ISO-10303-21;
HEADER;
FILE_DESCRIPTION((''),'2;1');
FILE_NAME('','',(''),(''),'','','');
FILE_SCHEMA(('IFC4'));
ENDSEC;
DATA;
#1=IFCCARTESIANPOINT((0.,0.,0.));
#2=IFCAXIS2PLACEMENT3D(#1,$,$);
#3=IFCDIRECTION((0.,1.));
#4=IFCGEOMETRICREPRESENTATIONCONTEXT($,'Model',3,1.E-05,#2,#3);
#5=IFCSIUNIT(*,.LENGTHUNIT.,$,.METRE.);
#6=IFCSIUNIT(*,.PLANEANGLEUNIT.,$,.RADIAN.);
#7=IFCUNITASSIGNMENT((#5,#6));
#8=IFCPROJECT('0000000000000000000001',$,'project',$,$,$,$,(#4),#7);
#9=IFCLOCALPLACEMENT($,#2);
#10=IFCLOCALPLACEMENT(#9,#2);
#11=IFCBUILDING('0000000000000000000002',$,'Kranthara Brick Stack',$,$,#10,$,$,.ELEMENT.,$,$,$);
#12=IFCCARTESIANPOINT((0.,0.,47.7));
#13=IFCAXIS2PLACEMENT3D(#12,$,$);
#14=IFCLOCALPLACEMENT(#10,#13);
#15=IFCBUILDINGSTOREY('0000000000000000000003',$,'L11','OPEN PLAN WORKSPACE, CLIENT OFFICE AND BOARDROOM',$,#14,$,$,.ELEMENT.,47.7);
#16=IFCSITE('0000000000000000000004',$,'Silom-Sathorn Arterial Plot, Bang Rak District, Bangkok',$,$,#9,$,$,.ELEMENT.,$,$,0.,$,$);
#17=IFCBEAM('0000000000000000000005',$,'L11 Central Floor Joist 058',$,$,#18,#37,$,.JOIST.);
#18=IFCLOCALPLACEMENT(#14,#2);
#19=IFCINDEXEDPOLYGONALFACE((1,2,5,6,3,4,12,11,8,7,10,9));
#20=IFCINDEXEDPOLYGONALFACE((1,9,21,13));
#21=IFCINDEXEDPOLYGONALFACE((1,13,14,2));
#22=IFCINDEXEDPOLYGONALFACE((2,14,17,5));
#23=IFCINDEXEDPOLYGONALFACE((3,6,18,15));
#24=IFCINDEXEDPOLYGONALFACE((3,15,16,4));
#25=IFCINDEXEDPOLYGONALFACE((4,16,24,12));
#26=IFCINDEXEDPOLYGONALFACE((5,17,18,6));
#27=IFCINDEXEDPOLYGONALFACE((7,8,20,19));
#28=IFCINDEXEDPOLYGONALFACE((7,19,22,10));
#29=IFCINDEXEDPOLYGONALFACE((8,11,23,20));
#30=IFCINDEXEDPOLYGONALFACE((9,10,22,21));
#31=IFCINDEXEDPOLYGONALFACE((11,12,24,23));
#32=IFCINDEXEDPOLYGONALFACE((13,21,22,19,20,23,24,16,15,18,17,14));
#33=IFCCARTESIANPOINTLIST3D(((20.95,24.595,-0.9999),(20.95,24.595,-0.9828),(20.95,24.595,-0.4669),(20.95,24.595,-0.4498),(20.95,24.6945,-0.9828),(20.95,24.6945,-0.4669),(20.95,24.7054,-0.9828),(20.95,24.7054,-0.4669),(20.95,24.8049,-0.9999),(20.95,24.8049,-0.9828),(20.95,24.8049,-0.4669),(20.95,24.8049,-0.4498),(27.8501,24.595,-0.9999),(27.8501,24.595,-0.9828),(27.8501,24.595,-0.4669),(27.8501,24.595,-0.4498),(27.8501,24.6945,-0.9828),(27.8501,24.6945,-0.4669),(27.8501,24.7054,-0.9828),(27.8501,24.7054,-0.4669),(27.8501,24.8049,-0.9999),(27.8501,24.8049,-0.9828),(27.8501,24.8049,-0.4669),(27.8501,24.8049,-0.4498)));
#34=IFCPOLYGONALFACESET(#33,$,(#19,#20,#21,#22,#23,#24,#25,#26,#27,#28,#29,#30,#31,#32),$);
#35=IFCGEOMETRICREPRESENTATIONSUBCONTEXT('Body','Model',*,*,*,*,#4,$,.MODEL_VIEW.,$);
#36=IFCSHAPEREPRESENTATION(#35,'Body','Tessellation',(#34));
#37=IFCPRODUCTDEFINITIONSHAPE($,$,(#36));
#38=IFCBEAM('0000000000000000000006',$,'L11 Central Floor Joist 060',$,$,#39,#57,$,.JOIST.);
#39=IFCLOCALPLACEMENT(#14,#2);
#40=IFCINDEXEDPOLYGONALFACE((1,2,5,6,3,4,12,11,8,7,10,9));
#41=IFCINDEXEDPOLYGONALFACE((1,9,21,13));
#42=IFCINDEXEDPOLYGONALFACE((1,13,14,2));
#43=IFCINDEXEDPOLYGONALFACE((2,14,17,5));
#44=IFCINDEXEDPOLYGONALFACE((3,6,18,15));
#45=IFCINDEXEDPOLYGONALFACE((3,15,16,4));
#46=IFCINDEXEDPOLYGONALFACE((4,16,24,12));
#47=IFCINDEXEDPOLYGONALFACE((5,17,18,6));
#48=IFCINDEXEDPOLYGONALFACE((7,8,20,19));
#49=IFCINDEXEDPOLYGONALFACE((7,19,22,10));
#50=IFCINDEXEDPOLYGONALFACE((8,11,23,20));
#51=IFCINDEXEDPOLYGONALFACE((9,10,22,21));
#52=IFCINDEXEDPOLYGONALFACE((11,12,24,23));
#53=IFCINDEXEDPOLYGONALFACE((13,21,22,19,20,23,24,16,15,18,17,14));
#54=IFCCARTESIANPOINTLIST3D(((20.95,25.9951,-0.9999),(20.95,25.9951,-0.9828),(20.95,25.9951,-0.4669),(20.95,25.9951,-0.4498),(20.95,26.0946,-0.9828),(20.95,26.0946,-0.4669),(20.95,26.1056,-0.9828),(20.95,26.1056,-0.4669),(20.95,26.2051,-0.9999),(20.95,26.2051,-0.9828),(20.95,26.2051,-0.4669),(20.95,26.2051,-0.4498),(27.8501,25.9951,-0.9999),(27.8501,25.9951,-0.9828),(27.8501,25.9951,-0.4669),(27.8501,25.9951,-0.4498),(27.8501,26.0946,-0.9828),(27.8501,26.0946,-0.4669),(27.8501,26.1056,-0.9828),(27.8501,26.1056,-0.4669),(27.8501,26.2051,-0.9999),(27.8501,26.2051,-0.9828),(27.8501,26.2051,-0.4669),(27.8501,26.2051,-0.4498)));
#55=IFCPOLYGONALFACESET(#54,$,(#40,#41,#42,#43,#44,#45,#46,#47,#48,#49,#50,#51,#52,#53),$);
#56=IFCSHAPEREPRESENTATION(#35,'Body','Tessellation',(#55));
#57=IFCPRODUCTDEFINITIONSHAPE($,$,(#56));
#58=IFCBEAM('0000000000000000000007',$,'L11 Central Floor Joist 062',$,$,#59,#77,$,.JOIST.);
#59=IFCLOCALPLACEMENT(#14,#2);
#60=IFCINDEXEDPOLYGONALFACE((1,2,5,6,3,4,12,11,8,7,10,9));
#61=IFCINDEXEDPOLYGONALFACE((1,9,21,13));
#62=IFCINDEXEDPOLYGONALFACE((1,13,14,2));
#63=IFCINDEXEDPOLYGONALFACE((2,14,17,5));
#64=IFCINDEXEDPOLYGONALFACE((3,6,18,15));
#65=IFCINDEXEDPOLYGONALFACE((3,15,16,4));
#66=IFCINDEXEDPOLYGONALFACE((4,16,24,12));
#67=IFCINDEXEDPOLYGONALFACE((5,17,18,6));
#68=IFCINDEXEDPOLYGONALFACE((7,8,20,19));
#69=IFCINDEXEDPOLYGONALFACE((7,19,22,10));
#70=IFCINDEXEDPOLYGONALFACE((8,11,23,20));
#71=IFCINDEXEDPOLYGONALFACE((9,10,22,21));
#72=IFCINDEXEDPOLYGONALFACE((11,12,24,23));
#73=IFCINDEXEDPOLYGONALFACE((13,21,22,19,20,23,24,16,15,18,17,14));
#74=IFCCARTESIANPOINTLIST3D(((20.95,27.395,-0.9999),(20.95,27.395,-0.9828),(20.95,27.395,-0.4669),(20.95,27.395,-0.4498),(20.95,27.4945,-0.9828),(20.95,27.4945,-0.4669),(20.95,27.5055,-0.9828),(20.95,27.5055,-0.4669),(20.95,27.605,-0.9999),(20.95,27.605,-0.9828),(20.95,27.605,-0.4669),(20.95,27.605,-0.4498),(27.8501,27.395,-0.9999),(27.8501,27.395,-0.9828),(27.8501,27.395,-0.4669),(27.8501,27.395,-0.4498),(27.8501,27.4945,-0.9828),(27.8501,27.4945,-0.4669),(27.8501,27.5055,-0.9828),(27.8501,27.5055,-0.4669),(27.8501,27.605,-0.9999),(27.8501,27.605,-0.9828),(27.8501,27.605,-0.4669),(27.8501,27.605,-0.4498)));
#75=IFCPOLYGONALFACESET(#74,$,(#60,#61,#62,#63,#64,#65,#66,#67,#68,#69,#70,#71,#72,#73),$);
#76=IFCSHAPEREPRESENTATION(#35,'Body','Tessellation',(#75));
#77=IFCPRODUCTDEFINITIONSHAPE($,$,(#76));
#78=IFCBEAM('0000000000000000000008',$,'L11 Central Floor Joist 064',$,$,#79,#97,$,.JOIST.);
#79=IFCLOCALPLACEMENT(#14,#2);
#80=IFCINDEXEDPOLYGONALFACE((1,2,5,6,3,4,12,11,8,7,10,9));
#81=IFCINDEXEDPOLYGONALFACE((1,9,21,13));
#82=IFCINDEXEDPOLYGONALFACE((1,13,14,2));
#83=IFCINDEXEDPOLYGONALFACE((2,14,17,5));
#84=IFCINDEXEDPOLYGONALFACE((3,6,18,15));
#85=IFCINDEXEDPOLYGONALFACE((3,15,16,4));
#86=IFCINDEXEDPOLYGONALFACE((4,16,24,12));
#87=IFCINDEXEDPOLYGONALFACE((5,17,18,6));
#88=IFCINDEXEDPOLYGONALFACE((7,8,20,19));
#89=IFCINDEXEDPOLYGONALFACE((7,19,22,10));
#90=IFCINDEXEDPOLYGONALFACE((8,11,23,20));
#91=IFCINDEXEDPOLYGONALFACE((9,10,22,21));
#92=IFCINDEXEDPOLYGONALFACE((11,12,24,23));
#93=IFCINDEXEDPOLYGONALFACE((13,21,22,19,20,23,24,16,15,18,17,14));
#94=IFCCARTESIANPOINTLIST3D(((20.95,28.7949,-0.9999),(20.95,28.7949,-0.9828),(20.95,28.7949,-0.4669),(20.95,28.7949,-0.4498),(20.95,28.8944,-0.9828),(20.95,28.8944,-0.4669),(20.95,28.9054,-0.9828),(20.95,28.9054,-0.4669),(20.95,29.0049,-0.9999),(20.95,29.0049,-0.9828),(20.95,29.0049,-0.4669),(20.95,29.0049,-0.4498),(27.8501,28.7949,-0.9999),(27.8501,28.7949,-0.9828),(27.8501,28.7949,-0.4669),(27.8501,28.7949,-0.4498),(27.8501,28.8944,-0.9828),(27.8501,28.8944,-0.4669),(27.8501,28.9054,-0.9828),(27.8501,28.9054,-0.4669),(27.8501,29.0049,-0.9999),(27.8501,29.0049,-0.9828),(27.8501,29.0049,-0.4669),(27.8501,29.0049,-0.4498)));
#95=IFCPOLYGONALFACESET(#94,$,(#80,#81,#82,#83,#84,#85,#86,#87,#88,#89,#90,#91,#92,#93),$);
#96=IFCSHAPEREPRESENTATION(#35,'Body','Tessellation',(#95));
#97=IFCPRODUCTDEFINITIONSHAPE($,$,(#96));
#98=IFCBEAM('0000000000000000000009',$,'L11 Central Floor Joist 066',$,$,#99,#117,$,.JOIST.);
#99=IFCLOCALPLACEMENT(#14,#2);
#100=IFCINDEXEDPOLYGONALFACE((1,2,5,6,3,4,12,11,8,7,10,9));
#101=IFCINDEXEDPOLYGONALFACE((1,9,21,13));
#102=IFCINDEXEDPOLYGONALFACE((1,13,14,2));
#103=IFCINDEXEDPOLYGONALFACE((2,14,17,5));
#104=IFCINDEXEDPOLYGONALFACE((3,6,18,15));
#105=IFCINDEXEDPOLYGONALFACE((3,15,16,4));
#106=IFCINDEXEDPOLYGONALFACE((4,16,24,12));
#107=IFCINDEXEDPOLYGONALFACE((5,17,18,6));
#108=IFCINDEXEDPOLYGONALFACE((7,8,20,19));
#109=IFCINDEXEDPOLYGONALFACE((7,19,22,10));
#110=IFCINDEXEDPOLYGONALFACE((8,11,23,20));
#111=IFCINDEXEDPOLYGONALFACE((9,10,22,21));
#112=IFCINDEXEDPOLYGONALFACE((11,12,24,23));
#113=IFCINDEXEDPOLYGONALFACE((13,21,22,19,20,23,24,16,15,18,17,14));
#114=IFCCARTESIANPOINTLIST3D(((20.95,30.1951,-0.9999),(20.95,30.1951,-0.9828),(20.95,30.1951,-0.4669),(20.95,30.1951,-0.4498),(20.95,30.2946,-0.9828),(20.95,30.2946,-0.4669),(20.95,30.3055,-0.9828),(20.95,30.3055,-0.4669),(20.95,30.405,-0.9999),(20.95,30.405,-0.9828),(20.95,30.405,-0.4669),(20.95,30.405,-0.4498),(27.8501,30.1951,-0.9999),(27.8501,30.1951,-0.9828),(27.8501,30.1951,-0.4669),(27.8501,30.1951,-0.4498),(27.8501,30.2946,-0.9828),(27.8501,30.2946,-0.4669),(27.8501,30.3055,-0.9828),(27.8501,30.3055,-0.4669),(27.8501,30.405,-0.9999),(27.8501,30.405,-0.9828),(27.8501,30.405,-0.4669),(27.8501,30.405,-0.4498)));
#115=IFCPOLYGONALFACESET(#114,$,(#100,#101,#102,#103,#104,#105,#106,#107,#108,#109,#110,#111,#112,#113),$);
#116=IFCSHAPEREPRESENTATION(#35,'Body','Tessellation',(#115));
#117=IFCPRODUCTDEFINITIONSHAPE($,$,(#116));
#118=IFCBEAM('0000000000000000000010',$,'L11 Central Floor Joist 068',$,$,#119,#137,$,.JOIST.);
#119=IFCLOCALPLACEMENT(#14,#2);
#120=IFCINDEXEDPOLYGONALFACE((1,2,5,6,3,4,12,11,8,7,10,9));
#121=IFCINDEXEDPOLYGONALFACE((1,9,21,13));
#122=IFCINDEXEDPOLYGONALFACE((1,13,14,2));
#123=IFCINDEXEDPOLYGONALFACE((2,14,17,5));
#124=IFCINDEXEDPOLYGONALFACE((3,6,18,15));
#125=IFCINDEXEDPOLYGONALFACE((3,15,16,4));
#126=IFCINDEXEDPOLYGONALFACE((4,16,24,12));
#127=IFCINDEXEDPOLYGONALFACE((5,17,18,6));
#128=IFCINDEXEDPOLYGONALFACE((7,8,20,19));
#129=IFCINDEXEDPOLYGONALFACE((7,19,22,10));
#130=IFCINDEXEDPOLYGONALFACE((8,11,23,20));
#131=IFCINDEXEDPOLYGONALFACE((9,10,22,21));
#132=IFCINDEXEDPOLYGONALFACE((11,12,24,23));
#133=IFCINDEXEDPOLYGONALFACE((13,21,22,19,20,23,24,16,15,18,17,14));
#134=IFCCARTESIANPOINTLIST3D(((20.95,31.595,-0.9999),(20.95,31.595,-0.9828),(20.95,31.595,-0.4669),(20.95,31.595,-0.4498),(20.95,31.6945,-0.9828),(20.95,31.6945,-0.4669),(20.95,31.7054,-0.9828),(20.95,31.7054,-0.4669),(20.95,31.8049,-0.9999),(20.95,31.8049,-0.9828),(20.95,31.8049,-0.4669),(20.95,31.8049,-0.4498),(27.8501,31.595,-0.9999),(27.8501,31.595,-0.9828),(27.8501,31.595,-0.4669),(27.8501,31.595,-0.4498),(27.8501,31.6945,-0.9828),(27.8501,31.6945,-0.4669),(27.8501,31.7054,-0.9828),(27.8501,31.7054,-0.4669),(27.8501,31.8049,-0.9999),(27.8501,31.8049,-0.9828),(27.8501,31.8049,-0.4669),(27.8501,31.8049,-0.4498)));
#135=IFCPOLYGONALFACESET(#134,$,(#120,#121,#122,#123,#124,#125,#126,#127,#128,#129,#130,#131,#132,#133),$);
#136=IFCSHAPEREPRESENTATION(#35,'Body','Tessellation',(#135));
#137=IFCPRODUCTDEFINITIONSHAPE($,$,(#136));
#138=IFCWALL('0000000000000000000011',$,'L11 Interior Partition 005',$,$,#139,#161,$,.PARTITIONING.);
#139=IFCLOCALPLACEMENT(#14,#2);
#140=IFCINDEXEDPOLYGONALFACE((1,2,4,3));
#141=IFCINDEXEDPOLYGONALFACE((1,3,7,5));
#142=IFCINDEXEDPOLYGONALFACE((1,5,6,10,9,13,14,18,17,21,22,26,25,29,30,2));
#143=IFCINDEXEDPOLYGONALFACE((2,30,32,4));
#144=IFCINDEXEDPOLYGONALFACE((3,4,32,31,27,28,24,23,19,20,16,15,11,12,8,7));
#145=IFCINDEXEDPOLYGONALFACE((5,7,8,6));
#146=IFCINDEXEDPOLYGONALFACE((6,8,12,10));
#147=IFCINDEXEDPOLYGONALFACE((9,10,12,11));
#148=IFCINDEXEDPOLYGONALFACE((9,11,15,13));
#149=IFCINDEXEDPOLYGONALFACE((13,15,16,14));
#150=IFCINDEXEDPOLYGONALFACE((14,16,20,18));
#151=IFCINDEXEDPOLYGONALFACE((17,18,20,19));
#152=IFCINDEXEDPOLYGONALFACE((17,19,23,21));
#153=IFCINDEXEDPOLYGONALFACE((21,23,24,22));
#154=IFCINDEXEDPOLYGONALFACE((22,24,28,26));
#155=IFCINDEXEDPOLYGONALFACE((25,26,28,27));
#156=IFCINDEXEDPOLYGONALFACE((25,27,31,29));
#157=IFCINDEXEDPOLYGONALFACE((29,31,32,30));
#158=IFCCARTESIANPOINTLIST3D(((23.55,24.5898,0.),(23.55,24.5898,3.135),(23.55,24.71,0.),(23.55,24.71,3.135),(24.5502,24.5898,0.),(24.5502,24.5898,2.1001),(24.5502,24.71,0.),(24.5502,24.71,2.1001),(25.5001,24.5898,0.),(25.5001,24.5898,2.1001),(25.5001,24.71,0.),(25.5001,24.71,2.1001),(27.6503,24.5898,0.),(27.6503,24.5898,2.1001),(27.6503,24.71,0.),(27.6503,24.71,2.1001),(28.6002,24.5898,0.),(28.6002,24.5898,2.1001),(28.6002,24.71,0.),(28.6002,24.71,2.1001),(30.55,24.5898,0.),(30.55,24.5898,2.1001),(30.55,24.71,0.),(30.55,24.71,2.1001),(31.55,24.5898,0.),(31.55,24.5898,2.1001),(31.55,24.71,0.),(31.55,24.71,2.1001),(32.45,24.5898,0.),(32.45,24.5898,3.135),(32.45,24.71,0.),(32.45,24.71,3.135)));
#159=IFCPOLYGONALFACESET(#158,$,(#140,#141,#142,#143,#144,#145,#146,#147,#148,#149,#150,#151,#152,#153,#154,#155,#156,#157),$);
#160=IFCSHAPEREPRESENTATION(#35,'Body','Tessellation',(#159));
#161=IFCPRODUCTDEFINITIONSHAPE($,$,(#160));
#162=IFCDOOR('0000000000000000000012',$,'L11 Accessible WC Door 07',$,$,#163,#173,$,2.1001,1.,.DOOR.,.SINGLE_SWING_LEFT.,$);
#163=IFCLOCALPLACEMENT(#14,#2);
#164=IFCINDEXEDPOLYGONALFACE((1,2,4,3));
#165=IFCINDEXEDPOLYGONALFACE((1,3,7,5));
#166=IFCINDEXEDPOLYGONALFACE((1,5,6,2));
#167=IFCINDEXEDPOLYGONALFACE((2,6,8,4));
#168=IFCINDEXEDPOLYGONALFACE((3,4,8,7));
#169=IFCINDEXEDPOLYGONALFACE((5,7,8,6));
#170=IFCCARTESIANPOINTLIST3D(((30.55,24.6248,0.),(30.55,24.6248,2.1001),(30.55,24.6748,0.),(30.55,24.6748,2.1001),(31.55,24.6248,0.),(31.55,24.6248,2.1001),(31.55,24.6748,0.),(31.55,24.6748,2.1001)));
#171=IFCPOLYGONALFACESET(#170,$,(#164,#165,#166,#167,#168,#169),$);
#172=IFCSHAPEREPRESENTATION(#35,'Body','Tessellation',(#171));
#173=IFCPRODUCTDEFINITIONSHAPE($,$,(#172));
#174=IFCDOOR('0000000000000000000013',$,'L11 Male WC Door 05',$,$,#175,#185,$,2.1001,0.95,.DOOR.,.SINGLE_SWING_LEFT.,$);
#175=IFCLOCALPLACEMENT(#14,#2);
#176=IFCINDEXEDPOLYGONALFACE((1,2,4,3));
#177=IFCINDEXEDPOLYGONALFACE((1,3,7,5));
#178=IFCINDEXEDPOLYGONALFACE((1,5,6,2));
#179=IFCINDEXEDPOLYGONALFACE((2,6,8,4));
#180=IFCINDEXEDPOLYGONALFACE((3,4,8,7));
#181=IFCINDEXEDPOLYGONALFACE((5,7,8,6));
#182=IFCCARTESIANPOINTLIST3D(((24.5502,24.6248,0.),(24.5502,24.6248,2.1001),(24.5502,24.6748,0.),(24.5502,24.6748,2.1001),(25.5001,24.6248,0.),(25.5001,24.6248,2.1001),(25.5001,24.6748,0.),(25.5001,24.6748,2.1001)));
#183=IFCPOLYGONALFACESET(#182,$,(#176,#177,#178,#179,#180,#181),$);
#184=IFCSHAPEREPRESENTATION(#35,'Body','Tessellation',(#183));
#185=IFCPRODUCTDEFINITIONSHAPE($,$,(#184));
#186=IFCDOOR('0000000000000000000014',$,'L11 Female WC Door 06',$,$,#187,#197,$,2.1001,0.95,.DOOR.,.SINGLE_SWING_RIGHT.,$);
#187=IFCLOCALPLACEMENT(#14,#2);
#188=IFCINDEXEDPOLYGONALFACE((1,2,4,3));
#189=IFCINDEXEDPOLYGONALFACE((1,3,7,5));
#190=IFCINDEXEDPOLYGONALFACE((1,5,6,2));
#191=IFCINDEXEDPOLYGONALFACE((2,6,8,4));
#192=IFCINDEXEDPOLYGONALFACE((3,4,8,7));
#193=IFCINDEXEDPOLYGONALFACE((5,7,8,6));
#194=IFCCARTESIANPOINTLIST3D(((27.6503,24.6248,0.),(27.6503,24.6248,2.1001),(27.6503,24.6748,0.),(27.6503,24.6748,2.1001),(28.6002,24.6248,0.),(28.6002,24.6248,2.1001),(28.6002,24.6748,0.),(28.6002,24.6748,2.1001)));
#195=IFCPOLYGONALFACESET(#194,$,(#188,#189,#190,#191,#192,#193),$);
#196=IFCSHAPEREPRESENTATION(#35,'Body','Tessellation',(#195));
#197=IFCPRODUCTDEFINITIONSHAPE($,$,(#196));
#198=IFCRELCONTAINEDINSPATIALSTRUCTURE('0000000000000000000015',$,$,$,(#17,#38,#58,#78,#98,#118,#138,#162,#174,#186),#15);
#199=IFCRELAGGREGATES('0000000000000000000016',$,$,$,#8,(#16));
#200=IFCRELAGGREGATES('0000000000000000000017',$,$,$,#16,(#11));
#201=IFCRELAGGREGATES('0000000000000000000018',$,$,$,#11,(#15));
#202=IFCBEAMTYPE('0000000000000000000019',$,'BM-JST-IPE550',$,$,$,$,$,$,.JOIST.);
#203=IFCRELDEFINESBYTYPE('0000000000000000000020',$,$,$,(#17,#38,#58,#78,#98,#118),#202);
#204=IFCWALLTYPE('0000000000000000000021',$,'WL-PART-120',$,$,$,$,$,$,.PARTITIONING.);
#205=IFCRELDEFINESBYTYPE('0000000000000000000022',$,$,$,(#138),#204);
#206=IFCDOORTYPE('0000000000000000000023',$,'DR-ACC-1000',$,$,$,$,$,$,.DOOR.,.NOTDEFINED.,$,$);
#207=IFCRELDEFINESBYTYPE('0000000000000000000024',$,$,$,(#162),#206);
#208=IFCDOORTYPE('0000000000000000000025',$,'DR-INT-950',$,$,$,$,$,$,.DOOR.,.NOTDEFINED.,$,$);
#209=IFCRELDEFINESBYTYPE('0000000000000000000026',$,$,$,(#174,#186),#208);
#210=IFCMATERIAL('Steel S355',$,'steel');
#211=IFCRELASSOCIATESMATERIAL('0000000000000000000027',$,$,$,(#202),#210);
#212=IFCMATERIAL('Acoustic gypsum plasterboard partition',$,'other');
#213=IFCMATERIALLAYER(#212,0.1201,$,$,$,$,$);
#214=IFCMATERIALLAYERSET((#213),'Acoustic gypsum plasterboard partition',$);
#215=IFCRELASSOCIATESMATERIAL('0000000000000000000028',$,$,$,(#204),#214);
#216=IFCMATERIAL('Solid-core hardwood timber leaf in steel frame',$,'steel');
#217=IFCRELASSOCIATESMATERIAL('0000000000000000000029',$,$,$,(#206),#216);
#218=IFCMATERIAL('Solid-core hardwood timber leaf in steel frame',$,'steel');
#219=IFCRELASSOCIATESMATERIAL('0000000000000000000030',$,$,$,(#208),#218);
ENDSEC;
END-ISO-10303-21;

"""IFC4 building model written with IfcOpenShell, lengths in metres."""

from ifc_helpers import new_model, si_unit, direction, frame, frame_2d, origin, origin_2d, place, context, subcontext, project, spatial, rectangle, i_section, extrude, material, layer, layer_set, material_profile, profile_set, type_object, element, fill, save


model = new_model("IFC4")

# Units and contexts
model_context = context("Model", 3, precision=1e-05, world=origin(), true_north=direction((0.0, 1.0)))
body_context = subcontext(model_context, "Body", "Model", "MODEL_VIEW")
ifc_project = project(units=[si_unit("LENGTHUNIT", "METRE"), si_unit("PLANEANGLEUNIT", "RADIAN")], contexts=[model_context])

# Site, building, storey
site_placement = place(None, origin())
site = spatial("IfcSite", under=ifc_project, at=site_placement, Name="Silom-Sathorn Arterial Plot, Bang Rak District, Bangkok", CompositionType="ELEMENT", RefElevation=0.0)
building_placement = place(site_placement, origin())
building = spatial("IfcBuilding", under=site, at=building_placement, Name="Kranthara Brick Stack", CompositionType="ELEMENT")
storey_placement = place(building_placement, frame((0.0, 0.0, 47.7)))
storey = spatial("IfcBuildingStorey", under=building, at=storey_placement, Name="L11", Description="OPEN PLAN WORKSPACE, CLIENT OFFICE AND BOARDROOM", CompositionType="ELEMENT", Elevation=47.7)

# Beams
ifc_material_1 = material(Name="Steel S355", Category="steel")
ifc_material_profile = material_profile(ifc_material_1, i_section(OverallWidth=0.21, OverallDepth=0.55, WebThickness=0.011, FlangeThickness=0.0171, at=origin_2d()), Name="IPE 550")
ifc_profile_set = profile_set([ifc_material_profile], Name="Steel S355")
beam_type = type_object("IfcBeamType", Name="BM-JST-IPE550", PredefinedType="JOIST", material=ifc_profile_set)
for number, where, z_axis, x_axis, name in (
    (1, (20.95, 24.7, -0.7249), (1.0, 0.0, 0.0), (0.0, 1.0, 0.0), "L11 Central Floor Joist 058"),
    (2, (20.95, 26.1001, -0.7249), (1.0, 0.0, 0.0), (0.0, 1.0, 0.0), "L11 Central Floor Joist 060"),
    (3, (20.95, 27.5, -0.7249), (1.0, 0.0, 0.0), (0.0, 1.0, 0.0), "L11 Central Floor Joist 062"),
    (4, (20.95, 28.8999, -0.7249), (1.0, 0.0, 0.0), (0.0, 1.0, 0.0), "L11 Central Floor Joist 064"),
    (5, (20.95, 30.3, -0.7249), (1.0, 0.0, 0.0), (0.0, 1.0, 0.0), "L11 Central Floor Joist 066"),
    (6, (20.95, 31.7, -0.7249), (1.0, 0.0, 0.0), (0.0, 1.0, 0.0), "L11 Central Floor Joist 068"),
):
    element("IfcBeam", number, at=place(storey_placement, frame(where, z_axis=z_axis, x_axis=x_axis)), inside=storey, type_object=beam_type, Name=name, PredefinedType="JOIST", context=body_context, shape_type="SweptSolid", body=[
        extrude(i_section(OverallWidth=0.21, OverallDepth=0.55, WebThickness=0.011, FlangeThickness=0.0171, at=origin_2d()), origin(), (0.0, 0.0, 1.0), 6.9001),
    ])

# Wall, openings, doors
ifc_material_2 = material(Name="Acoustic gypsum plasterboard partition", Category="other")
ifc_layer_1 = layer(ifc_material_2, 0.1201)
ifc_layer_set_1 = layer_set([ifc_layer_1], Name="Acoustic gypsum plasterboard partition")
wall_type_1 = type_object("IfcWallType", Name="WL-PART-120", PredefinedType="PARTITIONING", material=ifc_layer_set_1)
wall_1_placement = place(storey_placement, frame((23.55, 24.6499, 0.0), z_axis=(0.0, 0.0, 1.0), x_axis=(1.0, 0.0, 0.0)))
wall_1 = element("IfcWall", 7, at=wall_1_placement, inside=storey, type_object=wall_type_1, Name="L11 Interior Partition 005", PredefinedType="PARTITIONING", context=body_context, shape_type="SweptSolid", body=[
    extrude(rectangle(XDim=8.8999, YDim=0.1201, at=frame_2d((4.45, 0.0))), origin(), (0.0, 0.0, 1.0), 3.135),
])
opening_1_placement = place(wall_1_placement, frame((1.0, 0.0, 0.0)))
opening_1 = element("IfcOpeningElement", 8, at=opening_1_placement, cuts=wall_1, PredefinedType="OPENING", context=body_context, shape_type="SweptSolid", body=[
    extrude(rectangle(XDim=0.95, YDim=2.1001, at=frame_2d((0.4751, 1.05))), frame((0.0, 0.0701, 0.0), z_axis=(0.0, -1.0, 0.0), x_axis=(1.0, 0.0, 0.0)), (0.0, 0.0, 1.0), 0.1401),
])
opening_2_placement = place(wall_1_placement, frame((4.1001, 0.0, 0.0)))
opening_2 = element("IfcOpeningElement", 9, at=opening_2_placement, cuts=wall_1, PredefinedType="OPENING", context=body_context, shape_type="SweptSolid", body=[
    extrude(rectangle(XDim=0.95, YDim=2.1001, at=frame_2d((0.4751, 1.05))), frame((0.0, 0.0701, 0.0), z_axis=(0.0, -1.0, 0.0), x_axis=(1.0, 0.0, 0.0)), (0.0, 0.0, 1.0), 0.1401),
])
opening_3_placement = place(wall_1_placement, frame((7.0, 0.0, 0.0)))
opening_3 = element("IfcOpeningElement", 10, at=opening_3_placement, cuts=wall_1, PredefinedType="OPENING", context=body_context, shape_type="SweptSolid", body=[
    extrude(rectangle(XDim=1.0, YDim=2.1001, at=frame_2d((0.5, 1.05))), frame((0.0, 0.0701, 0.0), z_axis=(0.0, -1.0, 0.0), x_axis=(1.0, 0.0, 0.0)), (0.0, 0.0, 1.0), 0.1401),
])
ifc_material_3 = material(Name="Solid-core hardwood timber leaf in steel frame", Category="steel")
door_type_1 = type_object("IfcDoorType", Name="DR-ACC-1000", OperationType="NOTDEFINED", PredefinedType="DOOR", material=ifc_material_3)
door_1_placement = place(opening_3_placement, origin())
door_1 = element("IfcDoor", 11, at=door_1_placement, inside=storey, type_object=door_type_1, Name="L11 Accessible WC Door 07", OperationType="SINGLE_SWING_LEFT", OverallHeight=2.1001, OverallWidth=1.0, PredefinedType="DOOR", context=body_context, shape_type="SweptSolid", body=[
    extrude(rectangle(XDim=1.0, YDim=2.1001, at=frame_2d((0.5, 1.05))), frame((0.0, 0.0249, 0.0), z_axis=(0.0, -1.0, 0.0), x_axis=(1.0, 0.0, 0.0)), (0.0, 0.0, 1.0), 0.05),
])
fill(opening_3, door_1)
ifc_material_4 = material(Name="Solid-core hardwood timber leaf in steel frame", Category="steel")
door_type_2 = type_object("IfcDoorType", Name="DR-INT-950", OperationType="NOTDEFINED", PredefinedType="DOOR", material=ifc_material_4)
door_2_placement = place(opening_1_placement, origin())
door_2 = element("IfcDoor", 12, at=door_2_placement, inside=storey, type_object=door_type_2, Name="L11 Male WC Door 05", OperationType="SINGLE_SWING_LEFT", OverallHeight=2.1001, OverallWidth=0.95, PredefinedType="DOOR", context=body_context, shape_type="SweptSolid", body=[
    extrude(rectangle(XDim=0.95, YDim=2.1001, at=frame_2d((0.4751, 1.05))), frame((0.0, 0.0249, 0.0), z_axis=(0.0, -1.0, 0.0), x_axis=(1.0, 0.0, 0.0)), (0.0, 0.0, 1.0), 0.05),
])
fill(opening_1, door_2)
door_3_placement = place(opening_2_placement, origin())
door_3 = element("IfcDoor", 13, at=door_3_placement, inside=storey, type_object=door_type_2, Name="L11 Female WC Door 06", OperationType="SINGLE_SWING_RIGHT", OverallHeight=2.1001, OverallWidth=0.95, PredefinedType="DOOR", context=body_context, shape_type="SweptSolid", body=[
    extrude(rectangle(XDim=0.95, YDim=2.1001, at=frame_2d((0.4751, 1.05))), frame((0.0, 0.0249, 0.0), z_axis=(0.0, -1.0, 0.0), x_axis=(1.0, 0.0, 0.0)), (0.0, 0.0, 1.0), 0.05),
])
fill(opening_2, door_3)

save(model, "model.ifc")
